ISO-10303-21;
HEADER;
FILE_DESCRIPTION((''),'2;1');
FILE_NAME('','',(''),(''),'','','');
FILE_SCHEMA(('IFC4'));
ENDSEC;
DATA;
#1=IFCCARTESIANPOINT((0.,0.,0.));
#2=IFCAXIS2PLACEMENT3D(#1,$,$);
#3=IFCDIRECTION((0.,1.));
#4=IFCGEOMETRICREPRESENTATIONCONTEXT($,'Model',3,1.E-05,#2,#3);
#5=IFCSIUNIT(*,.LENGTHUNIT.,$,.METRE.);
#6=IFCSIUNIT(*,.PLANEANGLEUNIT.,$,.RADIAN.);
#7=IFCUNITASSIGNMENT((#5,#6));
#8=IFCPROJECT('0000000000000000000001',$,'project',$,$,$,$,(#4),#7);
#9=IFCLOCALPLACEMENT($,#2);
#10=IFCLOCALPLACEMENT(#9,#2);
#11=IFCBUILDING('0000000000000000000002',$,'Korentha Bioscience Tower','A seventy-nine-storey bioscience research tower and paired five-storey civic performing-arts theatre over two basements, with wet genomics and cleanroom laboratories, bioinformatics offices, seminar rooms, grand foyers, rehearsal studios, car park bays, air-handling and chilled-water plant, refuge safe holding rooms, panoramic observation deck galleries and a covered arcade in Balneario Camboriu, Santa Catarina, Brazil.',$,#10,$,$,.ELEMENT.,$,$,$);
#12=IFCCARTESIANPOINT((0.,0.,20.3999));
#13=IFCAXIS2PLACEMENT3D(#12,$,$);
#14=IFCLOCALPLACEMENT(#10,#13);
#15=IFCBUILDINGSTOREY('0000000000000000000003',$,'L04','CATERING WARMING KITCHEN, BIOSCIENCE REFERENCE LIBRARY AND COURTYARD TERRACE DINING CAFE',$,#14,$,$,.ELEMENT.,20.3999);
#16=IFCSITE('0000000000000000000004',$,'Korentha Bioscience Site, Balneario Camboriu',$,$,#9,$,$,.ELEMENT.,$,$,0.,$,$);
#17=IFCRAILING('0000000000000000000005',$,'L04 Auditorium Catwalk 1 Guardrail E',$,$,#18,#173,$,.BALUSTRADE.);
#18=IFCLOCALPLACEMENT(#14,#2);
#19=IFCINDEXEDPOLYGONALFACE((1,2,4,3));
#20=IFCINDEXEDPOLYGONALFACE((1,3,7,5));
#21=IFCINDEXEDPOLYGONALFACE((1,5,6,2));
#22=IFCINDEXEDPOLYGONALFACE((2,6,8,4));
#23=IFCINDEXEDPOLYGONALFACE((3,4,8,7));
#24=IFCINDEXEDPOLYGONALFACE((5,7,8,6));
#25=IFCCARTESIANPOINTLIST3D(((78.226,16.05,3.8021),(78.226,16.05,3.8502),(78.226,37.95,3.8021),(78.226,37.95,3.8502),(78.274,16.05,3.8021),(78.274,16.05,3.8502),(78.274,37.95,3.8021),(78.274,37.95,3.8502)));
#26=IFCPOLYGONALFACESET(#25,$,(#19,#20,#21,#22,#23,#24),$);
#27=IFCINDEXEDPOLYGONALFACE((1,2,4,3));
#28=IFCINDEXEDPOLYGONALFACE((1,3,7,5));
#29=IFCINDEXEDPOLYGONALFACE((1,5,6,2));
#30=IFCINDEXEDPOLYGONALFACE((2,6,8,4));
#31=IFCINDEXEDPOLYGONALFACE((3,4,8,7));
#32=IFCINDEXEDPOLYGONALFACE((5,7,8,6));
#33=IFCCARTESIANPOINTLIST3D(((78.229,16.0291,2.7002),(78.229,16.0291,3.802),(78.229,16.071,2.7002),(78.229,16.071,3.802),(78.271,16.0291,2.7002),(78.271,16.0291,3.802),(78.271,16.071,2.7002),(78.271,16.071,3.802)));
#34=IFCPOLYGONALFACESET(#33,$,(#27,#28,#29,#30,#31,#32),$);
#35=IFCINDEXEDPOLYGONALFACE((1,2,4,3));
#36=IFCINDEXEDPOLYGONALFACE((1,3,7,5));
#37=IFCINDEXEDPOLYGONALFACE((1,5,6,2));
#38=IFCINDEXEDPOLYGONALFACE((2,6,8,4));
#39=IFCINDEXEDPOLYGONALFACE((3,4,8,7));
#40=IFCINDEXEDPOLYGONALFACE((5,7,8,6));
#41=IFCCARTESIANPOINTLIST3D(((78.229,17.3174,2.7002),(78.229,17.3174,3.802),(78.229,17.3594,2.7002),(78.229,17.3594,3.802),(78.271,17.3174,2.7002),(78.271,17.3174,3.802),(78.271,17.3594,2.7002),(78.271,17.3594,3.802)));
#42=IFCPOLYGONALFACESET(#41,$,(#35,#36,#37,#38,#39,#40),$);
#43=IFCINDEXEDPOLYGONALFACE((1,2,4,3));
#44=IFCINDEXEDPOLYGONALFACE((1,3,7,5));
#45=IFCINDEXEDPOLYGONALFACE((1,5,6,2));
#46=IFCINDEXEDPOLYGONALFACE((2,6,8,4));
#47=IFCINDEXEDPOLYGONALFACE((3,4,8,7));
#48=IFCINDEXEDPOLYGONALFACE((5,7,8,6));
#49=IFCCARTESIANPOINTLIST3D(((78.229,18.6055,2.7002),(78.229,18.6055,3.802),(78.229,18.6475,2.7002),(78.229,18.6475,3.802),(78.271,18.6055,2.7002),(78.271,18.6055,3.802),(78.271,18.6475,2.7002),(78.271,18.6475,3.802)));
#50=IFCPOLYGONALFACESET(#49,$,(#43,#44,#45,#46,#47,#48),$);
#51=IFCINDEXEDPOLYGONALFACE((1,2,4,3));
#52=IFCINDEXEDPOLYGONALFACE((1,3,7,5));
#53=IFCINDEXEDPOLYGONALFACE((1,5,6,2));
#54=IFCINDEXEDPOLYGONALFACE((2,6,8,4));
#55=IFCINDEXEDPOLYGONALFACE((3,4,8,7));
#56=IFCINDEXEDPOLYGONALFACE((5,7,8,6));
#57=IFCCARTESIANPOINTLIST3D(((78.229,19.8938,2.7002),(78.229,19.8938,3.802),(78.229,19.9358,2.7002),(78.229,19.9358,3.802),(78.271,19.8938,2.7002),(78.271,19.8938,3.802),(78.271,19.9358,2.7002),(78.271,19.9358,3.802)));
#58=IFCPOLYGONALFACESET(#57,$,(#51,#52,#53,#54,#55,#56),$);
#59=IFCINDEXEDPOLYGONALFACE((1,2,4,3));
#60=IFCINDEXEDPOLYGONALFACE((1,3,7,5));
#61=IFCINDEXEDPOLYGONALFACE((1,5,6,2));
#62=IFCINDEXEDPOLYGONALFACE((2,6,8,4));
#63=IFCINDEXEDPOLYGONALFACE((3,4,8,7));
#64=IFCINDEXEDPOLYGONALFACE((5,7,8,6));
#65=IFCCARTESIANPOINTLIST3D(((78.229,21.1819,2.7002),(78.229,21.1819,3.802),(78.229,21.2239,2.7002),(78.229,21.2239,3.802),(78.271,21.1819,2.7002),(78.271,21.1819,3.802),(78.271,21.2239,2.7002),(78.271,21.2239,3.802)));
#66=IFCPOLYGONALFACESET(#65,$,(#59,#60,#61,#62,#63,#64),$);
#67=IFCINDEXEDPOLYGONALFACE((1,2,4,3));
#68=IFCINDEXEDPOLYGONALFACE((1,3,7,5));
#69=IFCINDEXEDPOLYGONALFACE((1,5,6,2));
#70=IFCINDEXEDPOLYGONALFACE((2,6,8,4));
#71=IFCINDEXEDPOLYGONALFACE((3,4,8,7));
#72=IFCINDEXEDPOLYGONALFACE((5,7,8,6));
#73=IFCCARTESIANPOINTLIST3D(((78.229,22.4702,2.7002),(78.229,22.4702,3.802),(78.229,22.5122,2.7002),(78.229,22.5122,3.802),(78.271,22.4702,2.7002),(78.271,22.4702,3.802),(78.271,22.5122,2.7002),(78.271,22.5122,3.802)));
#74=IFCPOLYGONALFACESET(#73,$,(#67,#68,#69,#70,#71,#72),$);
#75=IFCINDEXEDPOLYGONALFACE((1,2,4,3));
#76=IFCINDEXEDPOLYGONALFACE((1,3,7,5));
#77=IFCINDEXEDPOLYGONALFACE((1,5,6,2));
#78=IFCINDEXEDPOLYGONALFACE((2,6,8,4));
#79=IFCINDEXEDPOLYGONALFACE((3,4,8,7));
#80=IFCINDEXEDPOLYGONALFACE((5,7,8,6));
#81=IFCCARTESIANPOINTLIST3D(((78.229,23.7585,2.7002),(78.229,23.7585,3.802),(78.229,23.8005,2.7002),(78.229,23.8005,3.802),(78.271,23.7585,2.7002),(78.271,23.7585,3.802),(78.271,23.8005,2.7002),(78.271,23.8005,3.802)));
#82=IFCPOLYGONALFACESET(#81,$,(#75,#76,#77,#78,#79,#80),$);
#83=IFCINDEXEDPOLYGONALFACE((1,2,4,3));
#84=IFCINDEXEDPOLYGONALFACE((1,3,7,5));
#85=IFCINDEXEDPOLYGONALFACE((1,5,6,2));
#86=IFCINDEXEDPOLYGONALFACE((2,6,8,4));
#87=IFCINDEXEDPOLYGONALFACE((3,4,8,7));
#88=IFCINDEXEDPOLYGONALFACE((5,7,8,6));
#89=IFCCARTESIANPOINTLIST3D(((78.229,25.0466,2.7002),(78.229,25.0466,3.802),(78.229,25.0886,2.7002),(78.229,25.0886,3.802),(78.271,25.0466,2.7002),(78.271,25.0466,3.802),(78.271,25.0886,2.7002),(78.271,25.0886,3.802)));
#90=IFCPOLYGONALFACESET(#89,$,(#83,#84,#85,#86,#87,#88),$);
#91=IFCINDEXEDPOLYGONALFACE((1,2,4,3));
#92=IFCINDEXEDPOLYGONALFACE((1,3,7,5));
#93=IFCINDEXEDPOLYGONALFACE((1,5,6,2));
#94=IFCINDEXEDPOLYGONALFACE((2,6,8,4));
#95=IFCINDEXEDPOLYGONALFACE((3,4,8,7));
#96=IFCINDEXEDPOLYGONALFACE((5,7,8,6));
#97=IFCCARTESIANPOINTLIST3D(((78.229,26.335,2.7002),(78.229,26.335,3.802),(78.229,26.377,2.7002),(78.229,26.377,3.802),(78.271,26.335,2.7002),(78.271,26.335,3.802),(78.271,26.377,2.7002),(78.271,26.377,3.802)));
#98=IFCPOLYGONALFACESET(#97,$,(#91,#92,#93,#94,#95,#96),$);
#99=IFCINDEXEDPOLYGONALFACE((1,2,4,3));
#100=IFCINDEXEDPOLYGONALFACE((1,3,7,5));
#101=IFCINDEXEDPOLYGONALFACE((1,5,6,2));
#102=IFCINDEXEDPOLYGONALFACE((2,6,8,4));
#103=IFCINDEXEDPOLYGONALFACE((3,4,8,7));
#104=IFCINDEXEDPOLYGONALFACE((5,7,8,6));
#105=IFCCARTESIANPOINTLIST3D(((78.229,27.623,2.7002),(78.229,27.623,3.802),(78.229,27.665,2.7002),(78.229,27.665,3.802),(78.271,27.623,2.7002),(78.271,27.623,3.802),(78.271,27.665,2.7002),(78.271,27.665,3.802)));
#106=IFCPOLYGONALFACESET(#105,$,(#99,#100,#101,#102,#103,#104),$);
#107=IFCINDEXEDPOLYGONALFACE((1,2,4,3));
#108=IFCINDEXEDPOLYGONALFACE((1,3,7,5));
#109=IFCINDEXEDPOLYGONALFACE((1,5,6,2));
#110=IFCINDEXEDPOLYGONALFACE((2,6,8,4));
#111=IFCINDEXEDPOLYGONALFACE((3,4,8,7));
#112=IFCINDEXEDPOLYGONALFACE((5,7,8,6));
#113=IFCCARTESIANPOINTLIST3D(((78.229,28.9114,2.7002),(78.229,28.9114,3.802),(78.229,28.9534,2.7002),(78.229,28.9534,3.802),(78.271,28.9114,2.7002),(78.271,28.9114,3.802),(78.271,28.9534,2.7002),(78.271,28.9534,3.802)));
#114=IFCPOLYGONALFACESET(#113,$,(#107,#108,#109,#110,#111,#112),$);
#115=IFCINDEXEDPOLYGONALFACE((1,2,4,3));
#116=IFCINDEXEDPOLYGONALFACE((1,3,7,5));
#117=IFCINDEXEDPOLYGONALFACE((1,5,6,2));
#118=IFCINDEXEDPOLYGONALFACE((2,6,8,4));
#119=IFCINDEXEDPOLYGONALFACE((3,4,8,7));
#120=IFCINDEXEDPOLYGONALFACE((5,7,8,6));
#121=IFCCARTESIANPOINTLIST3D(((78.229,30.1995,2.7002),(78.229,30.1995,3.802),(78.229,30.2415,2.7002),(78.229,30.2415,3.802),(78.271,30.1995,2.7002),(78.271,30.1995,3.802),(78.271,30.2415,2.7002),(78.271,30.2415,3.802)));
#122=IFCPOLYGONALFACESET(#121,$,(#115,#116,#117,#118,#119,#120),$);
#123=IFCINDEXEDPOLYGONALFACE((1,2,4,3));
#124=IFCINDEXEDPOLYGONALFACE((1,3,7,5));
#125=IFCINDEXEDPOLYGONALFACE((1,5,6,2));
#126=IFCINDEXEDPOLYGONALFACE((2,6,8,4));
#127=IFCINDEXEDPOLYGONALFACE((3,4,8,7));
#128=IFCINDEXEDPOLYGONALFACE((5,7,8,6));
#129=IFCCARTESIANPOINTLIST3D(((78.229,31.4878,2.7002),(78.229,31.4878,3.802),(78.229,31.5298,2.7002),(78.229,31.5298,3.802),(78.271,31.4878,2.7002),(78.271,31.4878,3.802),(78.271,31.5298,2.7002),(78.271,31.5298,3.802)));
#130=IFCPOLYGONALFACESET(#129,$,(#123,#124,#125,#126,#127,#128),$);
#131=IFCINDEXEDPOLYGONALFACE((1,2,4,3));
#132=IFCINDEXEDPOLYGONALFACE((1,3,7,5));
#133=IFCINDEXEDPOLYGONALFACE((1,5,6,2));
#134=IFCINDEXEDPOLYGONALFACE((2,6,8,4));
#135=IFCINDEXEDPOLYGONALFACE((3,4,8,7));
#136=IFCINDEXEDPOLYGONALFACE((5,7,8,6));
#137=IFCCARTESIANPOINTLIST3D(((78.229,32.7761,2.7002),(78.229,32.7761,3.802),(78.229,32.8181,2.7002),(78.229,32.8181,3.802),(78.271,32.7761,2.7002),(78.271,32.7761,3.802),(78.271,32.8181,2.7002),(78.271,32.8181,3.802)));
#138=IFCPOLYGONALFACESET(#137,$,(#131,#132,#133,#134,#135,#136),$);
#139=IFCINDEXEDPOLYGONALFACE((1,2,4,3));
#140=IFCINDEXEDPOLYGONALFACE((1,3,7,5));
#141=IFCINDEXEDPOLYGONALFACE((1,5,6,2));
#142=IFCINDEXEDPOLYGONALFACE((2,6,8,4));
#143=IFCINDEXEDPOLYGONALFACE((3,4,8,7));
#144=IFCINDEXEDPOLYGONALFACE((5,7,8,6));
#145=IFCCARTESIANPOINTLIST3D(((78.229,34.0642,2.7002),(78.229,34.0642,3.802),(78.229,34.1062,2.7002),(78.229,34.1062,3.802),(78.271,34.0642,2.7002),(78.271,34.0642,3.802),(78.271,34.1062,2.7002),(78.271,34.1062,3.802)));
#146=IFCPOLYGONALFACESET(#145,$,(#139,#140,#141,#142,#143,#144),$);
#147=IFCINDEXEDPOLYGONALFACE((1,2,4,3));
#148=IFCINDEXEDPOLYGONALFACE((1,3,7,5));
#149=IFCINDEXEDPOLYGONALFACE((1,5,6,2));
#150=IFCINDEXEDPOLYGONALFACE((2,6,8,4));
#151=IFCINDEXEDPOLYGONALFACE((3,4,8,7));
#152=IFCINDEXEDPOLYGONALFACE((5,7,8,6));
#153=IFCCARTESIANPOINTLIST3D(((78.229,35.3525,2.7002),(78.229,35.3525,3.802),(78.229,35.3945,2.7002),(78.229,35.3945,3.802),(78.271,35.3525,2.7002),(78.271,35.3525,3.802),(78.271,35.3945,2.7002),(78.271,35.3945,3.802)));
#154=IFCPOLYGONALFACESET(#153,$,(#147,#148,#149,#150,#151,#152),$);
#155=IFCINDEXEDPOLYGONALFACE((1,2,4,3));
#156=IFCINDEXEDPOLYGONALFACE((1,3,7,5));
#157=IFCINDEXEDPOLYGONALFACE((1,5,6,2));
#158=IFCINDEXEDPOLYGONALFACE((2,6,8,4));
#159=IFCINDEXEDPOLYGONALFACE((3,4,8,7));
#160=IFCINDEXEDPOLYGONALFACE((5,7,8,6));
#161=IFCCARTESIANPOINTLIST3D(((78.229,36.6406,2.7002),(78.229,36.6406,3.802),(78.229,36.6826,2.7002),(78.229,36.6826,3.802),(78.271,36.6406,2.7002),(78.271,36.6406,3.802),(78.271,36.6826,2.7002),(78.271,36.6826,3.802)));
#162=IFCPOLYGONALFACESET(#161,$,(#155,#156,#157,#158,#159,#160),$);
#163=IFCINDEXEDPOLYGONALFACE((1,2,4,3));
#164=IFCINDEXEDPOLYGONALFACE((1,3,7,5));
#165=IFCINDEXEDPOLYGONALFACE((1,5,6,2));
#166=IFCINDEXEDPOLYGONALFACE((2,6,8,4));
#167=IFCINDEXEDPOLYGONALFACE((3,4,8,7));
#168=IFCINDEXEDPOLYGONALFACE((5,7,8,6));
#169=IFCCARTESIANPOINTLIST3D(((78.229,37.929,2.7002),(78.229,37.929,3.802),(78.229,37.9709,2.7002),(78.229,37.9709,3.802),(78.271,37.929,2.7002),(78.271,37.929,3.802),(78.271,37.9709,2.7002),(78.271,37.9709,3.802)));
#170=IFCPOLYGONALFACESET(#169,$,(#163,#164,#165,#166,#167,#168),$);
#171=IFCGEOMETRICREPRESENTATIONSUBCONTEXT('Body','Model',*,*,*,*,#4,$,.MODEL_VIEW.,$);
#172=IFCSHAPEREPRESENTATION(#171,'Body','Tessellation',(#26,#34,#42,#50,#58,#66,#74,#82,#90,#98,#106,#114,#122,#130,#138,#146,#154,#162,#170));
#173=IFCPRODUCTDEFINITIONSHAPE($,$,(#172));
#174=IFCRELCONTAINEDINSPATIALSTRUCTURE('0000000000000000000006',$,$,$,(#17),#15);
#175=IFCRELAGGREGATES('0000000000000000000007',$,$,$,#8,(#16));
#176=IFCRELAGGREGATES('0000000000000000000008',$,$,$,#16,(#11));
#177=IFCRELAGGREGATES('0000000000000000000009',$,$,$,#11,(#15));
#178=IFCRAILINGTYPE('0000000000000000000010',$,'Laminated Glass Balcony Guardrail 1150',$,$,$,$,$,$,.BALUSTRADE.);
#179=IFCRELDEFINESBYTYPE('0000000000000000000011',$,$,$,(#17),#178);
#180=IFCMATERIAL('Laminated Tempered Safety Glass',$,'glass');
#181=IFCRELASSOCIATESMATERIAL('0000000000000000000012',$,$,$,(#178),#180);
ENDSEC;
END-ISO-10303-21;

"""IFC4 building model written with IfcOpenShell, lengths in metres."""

from ifc_helpers import new_model, si_unit, direction, frame, origin, origin_2d, place, context, subcontext, project, spatial, rectangle, extrude, material, type_object, element, save


model = new_model("IFC4")

# Units and contexts
model_context = context("Model", 3, precision=1e-05, world=origin(), true_north=direction((0.0, 1.0)))
body_context = subcontext(model_context, "Body", "Model", "MODEL_VIEW")
ifc_project = project(units=[si_unit("LENGTHUNIT", "METRE"), si_unit("PLANEANGLEUNIT", "RADIAN")], contexts=[model_context])

# Site, building, storey
site_placement = place(None, origin())
site = spatial("IfcSite", under=ifc_project, at=site_placement, Name="Korentha Bioscience Site, Balneario Camboriu", CompositionType="ELEMENT", RefElevation=0.0)
building_placement = place(site_placement, origin())
building = spatial("IfcBuilding", under=site, at=building_placement, Name="Korentha Bioscience Tower", Description="A seventy-nine-storey bioscience research tower and paired five-storey civic performing-arts theatre over two basements, with wet genomics and cleanroom laboratories, bioinformatics offices, seminar rooms, grand foyers, rehearsal studios, car park bays, air-handling and chilled-water plant, refuge safe holding rooms, panoramic observation deck galleries and a covered arcade in Balneario Camboriu, Santa Catarina, Brazil.", CompositionType="ELEMENT")
storey_placement = place(building_placement, frame((0.0, 0.0, 20.3999)))
storey = spatial("IfcBuildingStorey", under=building, at=storey_placement, Name="L04", Description="CATERING WARMING KITCHEN, BIOSCIENCE REFERENCE LIBRARY AND COURTYARD TERRACE DINING CAFE", CompositionType="ELEMENT", Elevation=20.3999)

# Railing
ifc_material_1 = material(Name="Laminated Tempered Safety Glass", Category="glass")
railing_type = type_object("IfcRailingType", Name="Laminated Glass Balcony Guardrail 1150", PredefinedType="BALUSTRADE", material=ifc_material_1)
railing_1_placement = place(storey_placement, frame((78.25, 16.05, 2.7002)))
element("IfcRailing", 1, at=railing_1_placement, inside=storey, type_object=railing_type, Name="L04 Auditorium Catwalk 1 Guardrail E", PredefinedType="BALUSTRADE", context=body_context, shape_type="SweptSolid", body=[
    extrude(rectangle(XDim=0.0481, YDim=0.0481, at=origin_2d()), frame((0.0, 0.0, 1.126), z_axis=(0.0, 1.0, 0.0), x_axis=(-1.0, 0.0, 0.0)), (0.0, 0.0, 1.0), 21.8999),
    extrude(rectangle(XDim=0.042, YDim=0.042, at=origin_2d()), origin(), (0.0, 0.0, 1.0), 1.1018),
    extrude(rectangle(XDim=0.042, YDim=0.042, at=origin_2d()), frame((0.0, 1.2883, 0.0)), (0.0, 0.0, 1.0), 1.1018),
    extrude(rectangle(XDim=0.042, YDim=0.042, at=origin_2d()), frame((0.0, 2.5764, 0.0)), (0.0, 0.0, 1.0), 1.1018),
    extrude(rectangle(XDim=0.042, YDim=0.042, at=origin_2d()), frame((0.0, 3.8647, 0.0)), (0.0, 0.0, 1.0), 1.1018),
    extrude(rectangle(XDim=0.042, YDim=0.042, at=origin_2d()), frame((0.0, 5.1528, 0.0)), (0.0, 0.0, 1.0), 1.1018),
    extrude(rectangle(XDim=0.042, YDim=0.042, at=origin_2d()), frame((0.0, 6.4412, 0.0)), (0.0, 0.0, 1.0), 1.1018),
    extrude(rectangle(XDim=0.042, YDim=0.042, at=origin_2d()), frame((0.0, 7.7295, 0.0)), (0.0, 0.0, 1.0), 1.1018),
    extrude(rectangle(XDim=0.042, YDim=0.042, at=origin_2d()), frame((0.0, 9.0176, 0.0)), (0.0, 0.0, 1.0), 1.1018),
    extrude(rectangle(XDim=0.042, YDim=0.042, at=origin_2d()), frame((0.0, 10.3059, 0.0)), (0.0, 0.0, 1.0), 1.1018),
    extrude(rectangle(XDim=0.042, YDim=0.042, at=origin_2d()), frame((0.0, 11.594, 0.0)), (0.0, 0.0, 1.0), 1.1018),
    extrude(rectangle(XDim=0.042, YDim=0.042, at=origin_2d()), frame((0.0, 12.8823, 0.0)), (0.0, 0.0, 1.0), 1.1018),
    extrude(rectangle(XDim=0.042, YDim=0.042, at=origin_2d()), frame((0.0, 14.1704, 0.0)), (0.0, 0.0, 1.0), 1.1018),
    extrude(rectangle(XDim=0.042, YDim=0.042, at=origin_2d()), frame((0.0, 15.4587, 0.0)), (0.0, 0.0, 1.0), 1.1018),
    extrude(rectangle(XDim=0.042, YDim=0.042, at=origin_2d()), frame((0.0, 16.7471, 0.0)), (0.0, 0.0, 1.0), 1.1018),
    extrude(rectangle(XDim=0.042, YDim=0.042, at=origin_2d()), frame((0.0, 18.0352, 0.0)), (0.0, 0.0, 1.0), 1.1018),
    extrude(rectangle(XDim=0.042, YDim=0.042, at=origin_2d()), frame((0.0, 19.3235, 0.0)), (0.0, 0.0, 1.0), 1.1018),
    extrude(rectangle(XDim=0.042, YDim=0.042, at=origin_2d()), frame((0.0, 20.6116, 0.0)), (0.0, 0.0, 1.0), 1.1018),
    extrude(rectangle(XDim=0.042, YDim=0.042, at=origin_2d()), frame((0.0, 21.8999, 0.0)), (0.0, 0.0, 1.0), 1.1018),
])

save(model, "model.ifc")
